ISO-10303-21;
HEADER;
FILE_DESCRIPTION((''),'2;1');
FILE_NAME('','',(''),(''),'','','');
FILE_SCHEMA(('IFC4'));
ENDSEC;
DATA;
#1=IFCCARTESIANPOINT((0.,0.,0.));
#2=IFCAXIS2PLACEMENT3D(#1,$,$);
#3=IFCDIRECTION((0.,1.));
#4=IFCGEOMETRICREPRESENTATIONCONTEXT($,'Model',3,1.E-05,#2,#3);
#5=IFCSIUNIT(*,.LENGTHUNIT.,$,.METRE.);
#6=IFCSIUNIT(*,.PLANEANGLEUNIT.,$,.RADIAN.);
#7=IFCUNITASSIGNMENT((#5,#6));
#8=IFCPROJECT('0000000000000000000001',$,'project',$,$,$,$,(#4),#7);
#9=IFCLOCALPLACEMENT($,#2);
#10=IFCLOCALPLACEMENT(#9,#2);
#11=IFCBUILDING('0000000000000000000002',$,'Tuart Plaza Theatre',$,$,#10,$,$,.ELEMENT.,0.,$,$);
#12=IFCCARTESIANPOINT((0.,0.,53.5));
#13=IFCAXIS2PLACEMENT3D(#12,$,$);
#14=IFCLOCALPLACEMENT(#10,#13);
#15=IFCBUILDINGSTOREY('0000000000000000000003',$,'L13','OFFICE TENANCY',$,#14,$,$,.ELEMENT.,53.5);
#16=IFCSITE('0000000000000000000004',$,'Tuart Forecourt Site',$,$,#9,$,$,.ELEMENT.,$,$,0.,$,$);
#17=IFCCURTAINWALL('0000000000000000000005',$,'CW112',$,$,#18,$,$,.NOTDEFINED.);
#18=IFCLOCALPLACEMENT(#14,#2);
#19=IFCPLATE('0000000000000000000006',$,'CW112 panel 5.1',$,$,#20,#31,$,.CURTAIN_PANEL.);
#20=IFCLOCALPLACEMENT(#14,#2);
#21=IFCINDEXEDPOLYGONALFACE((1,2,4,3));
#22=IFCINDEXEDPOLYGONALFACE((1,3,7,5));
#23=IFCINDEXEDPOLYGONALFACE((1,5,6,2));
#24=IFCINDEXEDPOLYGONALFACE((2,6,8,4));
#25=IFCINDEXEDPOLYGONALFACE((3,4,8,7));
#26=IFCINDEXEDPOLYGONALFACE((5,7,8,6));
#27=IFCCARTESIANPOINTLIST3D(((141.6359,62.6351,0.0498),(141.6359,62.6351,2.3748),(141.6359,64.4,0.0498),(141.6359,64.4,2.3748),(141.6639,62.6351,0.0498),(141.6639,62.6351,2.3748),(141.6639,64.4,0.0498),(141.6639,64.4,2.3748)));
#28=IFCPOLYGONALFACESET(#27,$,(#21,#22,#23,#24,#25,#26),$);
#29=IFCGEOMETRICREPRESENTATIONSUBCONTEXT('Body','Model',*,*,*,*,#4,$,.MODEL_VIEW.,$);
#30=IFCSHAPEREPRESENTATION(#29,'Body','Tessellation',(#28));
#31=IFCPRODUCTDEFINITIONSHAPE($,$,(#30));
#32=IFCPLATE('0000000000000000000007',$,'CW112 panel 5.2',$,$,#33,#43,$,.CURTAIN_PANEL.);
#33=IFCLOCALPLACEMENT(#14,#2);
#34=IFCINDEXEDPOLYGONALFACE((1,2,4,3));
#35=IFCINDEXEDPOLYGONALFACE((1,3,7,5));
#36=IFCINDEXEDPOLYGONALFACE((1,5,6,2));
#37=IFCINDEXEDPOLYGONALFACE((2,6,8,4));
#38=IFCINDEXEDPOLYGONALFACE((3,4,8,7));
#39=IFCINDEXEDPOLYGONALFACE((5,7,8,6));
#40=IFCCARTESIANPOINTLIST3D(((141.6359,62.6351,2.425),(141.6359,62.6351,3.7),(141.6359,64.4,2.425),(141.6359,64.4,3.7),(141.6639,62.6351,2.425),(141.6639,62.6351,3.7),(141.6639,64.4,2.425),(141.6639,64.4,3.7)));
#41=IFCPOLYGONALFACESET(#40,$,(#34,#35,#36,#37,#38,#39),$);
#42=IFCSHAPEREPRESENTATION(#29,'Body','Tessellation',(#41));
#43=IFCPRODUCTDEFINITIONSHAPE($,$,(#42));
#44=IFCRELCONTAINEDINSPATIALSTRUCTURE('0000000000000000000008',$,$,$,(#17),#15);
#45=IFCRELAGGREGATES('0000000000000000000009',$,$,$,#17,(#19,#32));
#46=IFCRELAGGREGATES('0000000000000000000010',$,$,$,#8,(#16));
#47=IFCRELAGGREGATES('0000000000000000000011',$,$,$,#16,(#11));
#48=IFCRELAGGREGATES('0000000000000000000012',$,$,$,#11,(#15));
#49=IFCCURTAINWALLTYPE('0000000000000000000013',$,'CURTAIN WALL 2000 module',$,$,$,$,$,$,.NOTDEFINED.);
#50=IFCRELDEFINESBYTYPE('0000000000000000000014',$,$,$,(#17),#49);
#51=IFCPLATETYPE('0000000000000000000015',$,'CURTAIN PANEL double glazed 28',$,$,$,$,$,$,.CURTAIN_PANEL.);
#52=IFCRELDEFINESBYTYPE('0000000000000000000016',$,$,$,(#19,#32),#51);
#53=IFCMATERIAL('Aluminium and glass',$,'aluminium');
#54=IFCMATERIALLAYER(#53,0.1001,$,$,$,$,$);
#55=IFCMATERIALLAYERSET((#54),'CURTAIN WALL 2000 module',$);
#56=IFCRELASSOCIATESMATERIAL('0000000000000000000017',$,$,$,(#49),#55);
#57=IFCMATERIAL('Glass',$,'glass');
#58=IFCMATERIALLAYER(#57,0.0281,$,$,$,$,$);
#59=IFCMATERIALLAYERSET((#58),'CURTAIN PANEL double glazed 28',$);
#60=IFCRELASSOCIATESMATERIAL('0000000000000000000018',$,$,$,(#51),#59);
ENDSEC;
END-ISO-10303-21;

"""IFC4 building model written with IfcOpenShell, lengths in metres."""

from ifc_helpers import new_model, si_unit, direction, frame, origin, origin_2d, place, context, subcontext, project, spatial, rectangle, extrude, material, layer, layer_set, type_object, element, aggregate, save


model = new_model("IFC4")

# Units and contexts
model_context = context("Model", 3, precision=1e-05, world=origin(), true_north=direction((0.0, 1.0)))
body_context = subcontext(model_context, "Body", "Model", "MODEL_VIEW")
ifc_project = project(units=[si_unit("LENGTHUNIT", "METRE"), si_unit("PLANEANGLEUNIT", "RADIAN")], contexts=[model_context])

# Site, building, storey
site_placement = place(None, origin())
site = spatial("IfcSite", under=ifc_project, at=site_placement, Name="Tuart Forecourt Site", CompositionType="ELEMENT", RefElevation=0.0)
building_placement = place(site_placement, origin())
building = spatial("IfcBuilding", under=site, at=building_placement, Name="Tuart Plaza Theatre", CompositionType="ELEMENT", ElevationOfRefHeight=0.0)
storey_placement = place(building_placement, frame((0.0, 0.0, 53.5)))
storey = spatial("IfcBuildingStorey", under=building, at=storey_placement, Name="L13", Description="OFFICE TENANCY", CompositionType="ELEMENT", Elevation=53.5)

# Curtain wall
ifc_material_1 = material(Name="Aluminium and glass", Category="aluminium")
ifc_layer_1 = layer(ifc_material_1, 0.1001)
ifc_layer_set_1 = layer_set([ifc_layer_1], Name="CURTAIN WALL 2000 module")
curtain_wall_type = type_object("IfcCurtainWallType", Name="CURTAIN WALL 2000 module", PredefinedType="NOTDEFINED", material=ifc_layer_set_1)
curtain_wall_1_placement = place(storey_placement, origin())
curtain_wall_1 = element("IfcCurtainWall", 1, at=curtain_wall_1_placement, inside=storey, type_object=curtain_wall_type, Name="CW112", PredefinedType="NOTDEFINED")

# Plates
ifc_material_2 = material(Name="Glass", Category="glass")
ifc_layer_2 = layer(ifc_material_2, 0.0281)
ifc_layer_set_2 = layer_set([ifc_layer_2], Name="CURTAIN PANEL double glazed 28")
plate_type = type_object("IfcPlateType", Name="CURTAIN PANEL double glazed 28", PredefinedType="CURTAIN_PANEL", material=ifc_layer_set_2)
plate_1_placement = place(storey_placement, frame((141.6499, 63.5176, 0.0498), z_axis=(0.0, 0.0, 1.0), x_axis=(0.0, 1.0, 0.0)))
plate_1 = element("IfcPlate", 2, at=plate_1_placement, type_object=plate_type, Name="CW112 panel 5.1", PredefinedType="CURTAIN_PANEL", context=body_context, shape_type="SweptSolid", body=[
    extrude(rectangle(XDim=1.7649, YDim=0.0281, at=origin_2d()), origin(), (0.0, 0.0, 1.0), 2.325),
])
plate_2_placement = place(storey_placement, frame((141.6499, 63.5176, 2.425), z_axis=(0.0, 0.0, 1.0), x_axis=(0.0, 1.0, 0.0)))
plate_2 = element("IfcPlate", 3, at=plate_2_placement, type_object=plate_type, Name="CW112 panel 5.2", PredefinedType="CURTAIN_PANEL", context=body_context, shape_type="SweptSolid", body=[
    extrude(rectangle(XDim=1.7649, YDim=0.0281, at=origin_2d()), origin(), (0.0, 0.0, 1.0), 1.2749),
])
aggregate(curtain_wall_1, [plate_1, plate_2])

save(model, "model.ifc")
